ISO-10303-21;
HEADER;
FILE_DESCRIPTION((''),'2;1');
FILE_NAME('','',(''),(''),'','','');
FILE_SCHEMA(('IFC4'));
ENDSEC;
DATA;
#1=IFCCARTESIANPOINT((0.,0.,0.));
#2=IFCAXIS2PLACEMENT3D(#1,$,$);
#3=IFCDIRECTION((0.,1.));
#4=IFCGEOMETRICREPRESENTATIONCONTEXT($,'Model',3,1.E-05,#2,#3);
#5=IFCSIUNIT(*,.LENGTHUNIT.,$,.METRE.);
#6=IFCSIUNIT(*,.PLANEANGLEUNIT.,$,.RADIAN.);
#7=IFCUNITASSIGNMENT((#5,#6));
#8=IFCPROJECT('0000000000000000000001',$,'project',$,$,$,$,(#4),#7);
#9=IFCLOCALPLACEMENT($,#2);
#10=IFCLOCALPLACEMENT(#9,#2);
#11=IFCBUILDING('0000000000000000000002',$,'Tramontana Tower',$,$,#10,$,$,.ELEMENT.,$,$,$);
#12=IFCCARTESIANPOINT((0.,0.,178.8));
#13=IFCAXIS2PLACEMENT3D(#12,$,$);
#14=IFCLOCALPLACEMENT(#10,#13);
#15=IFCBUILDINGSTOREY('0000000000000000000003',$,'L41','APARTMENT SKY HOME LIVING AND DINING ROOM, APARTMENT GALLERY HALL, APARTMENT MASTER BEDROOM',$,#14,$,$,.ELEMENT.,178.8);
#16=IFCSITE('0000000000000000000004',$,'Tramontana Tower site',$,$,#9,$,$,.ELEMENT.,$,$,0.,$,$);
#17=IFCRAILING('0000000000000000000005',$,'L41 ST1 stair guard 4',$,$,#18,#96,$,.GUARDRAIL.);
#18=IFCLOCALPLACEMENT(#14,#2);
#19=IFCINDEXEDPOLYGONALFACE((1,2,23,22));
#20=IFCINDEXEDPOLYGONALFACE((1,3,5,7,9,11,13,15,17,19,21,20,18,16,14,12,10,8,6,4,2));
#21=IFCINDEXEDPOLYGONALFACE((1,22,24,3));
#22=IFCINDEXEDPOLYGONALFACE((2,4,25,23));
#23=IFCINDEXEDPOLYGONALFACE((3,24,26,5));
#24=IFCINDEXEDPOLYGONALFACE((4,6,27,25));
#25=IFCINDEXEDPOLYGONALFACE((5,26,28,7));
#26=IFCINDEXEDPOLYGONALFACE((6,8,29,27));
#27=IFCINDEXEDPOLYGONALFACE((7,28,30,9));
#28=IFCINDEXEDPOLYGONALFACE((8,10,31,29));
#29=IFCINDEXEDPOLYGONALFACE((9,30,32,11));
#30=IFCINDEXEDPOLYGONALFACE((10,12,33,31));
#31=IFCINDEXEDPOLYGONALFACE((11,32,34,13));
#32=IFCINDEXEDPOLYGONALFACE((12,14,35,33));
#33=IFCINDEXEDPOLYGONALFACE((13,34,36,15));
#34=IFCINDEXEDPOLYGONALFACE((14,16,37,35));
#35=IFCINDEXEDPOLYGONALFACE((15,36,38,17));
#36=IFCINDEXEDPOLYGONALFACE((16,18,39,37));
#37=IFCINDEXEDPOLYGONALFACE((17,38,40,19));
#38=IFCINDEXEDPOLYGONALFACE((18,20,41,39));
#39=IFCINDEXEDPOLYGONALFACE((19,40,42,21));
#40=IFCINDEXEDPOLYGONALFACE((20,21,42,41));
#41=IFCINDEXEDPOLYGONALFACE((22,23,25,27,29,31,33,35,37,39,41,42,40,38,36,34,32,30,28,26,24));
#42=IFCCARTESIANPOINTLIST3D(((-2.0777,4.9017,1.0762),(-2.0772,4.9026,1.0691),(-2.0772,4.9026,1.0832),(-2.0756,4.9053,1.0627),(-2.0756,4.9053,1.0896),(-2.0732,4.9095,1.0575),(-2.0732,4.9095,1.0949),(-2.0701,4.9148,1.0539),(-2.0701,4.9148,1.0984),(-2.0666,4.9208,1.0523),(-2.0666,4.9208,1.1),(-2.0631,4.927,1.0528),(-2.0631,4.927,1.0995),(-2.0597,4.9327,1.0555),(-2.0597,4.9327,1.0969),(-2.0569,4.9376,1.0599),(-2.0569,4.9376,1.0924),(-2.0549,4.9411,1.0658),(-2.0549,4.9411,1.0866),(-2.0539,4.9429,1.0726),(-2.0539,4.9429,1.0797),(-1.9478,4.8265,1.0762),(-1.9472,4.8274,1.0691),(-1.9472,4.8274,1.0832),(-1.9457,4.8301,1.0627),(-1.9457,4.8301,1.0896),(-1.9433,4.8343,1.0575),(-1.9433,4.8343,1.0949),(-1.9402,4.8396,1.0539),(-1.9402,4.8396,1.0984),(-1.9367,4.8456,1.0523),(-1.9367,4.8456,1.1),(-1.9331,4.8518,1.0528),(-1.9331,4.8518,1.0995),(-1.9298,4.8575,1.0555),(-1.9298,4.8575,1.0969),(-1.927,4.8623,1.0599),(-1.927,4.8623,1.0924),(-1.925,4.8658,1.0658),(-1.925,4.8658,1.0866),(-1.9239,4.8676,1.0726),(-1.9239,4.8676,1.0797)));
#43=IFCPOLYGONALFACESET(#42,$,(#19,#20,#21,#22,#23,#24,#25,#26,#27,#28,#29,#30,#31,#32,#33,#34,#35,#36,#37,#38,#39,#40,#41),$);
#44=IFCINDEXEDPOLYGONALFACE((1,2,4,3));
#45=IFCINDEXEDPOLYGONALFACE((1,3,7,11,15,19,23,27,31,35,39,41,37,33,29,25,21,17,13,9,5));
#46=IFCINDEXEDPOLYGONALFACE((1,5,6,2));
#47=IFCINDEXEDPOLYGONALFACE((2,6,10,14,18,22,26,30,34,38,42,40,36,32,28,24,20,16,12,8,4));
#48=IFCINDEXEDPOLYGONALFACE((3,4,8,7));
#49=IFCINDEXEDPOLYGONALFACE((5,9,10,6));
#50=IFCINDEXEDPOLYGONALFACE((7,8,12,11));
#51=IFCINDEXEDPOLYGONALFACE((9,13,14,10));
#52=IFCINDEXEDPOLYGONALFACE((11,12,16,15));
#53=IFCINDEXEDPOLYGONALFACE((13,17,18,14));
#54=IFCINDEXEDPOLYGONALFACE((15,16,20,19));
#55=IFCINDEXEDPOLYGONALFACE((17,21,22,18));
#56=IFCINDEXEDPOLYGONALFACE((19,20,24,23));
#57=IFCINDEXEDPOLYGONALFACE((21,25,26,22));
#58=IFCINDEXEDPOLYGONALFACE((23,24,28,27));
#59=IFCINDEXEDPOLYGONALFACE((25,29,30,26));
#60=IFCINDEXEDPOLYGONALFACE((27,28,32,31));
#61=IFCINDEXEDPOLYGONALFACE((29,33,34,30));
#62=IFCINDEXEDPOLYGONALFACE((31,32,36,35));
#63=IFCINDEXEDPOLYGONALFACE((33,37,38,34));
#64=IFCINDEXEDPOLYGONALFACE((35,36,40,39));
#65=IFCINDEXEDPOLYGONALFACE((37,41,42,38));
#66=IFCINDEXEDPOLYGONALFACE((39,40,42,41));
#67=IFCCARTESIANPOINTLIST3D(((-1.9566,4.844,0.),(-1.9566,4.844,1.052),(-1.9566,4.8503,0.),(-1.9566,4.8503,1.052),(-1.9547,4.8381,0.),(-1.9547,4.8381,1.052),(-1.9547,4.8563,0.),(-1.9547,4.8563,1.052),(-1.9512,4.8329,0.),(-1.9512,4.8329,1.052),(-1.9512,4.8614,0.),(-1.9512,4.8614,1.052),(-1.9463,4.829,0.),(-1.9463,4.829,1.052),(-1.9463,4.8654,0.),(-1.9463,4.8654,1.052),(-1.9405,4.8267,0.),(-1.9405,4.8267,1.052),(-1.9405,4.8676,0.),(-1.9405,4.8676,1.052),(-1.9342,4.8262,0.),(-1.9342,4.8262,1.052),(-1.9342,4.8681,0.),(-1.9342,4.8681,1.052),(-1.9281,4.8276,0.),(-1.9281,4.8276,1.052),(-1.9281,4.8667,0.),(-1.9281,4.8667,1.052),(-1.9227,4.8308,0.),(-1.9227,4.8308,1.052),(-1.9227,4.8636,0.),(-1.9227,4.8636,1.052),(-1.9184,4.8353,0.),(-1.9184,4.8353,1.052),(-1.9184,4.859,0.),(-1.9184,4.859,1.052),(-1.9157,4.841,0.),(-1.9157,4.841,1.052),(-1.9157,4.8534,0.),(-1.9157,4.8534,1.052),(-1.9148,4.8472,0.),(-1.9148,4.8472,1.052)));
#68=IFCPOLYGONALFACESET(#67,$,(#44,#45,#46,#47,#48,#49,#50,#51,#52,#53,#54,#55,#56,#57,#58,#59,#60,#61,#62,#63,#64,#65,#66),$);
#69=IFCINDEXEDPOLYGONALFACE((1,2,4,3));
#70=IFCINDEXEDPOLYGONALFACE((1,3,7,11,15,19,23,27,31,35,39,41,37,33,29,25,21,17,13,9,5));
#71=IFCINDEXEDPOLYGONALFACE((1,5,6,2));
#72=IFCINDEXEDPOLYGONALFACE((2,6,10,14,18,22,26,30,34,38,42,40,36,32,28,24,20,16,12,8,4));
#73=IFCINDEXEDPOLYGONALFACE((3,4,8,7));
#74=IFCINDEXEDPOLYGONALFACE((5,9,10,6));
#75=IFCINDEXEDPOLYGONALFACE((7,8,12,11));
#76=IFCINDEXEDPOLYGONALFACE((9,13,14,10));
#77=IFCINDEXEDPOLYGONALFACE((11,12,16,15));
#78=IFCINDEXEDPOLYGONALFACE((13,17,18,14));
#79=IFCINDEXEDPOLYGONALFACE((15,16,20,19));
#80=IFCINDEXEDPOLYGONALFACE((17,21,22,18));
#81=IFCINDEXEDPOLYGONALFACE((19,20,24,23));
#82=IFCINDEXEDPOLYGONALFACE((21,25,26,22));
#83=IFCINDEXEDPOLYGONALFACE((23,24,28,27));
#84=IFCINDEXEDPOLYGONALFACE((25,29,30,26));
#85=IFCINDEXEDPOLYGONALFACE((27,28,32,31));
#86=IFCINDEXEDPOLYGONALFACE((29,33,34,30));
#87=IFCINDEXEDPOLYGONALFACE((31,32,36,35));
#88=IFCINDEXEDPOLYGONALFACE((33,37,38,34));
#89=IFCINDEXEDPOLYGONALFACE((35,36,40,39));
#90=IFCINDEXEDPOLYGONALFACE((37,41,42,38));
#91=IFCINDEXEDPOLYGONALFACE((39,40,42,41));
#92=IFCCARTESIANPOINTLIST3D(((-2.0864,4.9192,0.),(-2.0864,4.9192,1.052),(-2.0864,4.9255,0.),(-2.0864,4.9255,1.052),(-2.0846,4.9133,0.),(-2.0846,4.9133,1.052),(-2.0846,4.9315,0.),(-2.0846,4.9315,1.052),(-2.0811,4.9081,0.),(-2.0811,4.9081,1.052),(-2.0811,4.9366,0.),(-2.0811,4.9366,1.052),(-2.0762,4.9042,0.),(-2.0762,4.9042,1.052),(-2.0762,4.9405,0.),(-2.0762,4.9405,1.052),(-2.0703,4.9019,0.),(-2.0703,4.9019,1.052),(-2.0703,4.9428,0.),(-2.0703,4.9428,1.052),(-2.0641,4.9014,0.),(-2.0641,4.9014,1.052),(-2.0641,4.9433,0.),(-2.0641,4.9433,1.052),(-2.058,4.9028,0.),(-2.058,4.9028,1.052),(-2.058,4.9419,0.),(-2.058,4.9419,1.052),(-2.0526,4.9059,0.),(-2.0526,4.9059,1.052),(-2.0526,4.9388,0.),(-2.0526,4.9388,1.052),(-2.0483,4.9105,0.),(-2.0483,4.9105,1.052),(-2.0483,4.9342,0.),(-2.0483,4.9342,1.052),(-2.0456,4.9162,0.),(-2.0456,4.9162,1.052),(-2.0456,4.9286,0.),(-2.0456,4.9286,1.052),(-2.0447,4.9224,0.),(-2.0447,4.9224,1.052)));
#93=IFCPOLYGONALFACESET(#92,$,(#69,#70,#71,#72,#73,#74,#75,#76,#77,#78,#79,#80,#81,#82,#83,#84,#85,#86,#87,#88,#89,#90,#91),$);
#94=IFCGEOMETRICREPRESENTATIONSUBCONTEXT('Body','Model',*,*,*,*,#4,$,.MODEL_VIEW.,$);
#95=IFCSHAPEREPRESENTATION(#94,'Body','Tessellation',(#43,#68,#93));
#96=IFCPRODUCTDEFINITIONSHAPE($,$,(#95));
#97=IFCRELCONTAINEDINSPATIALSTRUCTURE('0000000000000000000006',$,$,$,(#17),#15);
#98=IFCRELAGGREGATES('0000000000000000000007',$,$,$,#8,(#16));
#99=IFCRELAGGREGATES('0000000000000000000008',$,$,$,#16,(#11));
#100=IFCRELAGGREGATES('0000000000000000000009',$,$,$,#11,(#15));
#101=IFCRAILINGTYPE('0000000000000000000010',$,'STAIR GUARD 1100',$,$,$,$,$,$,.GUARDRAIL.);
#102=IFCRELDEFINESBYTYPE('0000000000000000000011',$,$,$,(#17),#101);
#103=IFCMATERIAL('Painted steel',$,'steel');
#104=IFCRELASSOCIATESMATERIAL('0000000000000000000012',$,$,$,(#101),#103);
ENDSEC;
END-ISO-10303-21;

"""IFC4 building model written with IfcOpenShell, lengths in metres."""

from ifc_helpers import new_model, si_unit, direction, frame, origin, origin_2d, place, context, subcontext, project, spatial, circle, extrude, material, type_object, element, save


model = new_model("IFC4")

# Units and contexts
model_context = context("Model", 3, precision=1e-05, world=origin(), true_north=direction((0.0, 1.0)))
body_context = subcontext(model_context, "Body", "Model", "MODEL_VIEW")
ifc_project = project(units=[si_unit("LENGTHUNIT", "METRE"), si_unit("PLANEANGLEUNIT", "RADIAN")], contexts=[model_context])

# Site, building, storey
site_placement = place(None, origin())
site = spatial("IfcSite", under=ifc_project, at=site_placement, Name="Tramontana Tower site", CompositionType="ELEMENT", RefElevation=0.0)
building_placement = place(site_placement, origin())
building = spatial("IfcBuilding", under=site, at=building_placement, Name="Tramontana Tower", CompositionType="ELEMENT")
storey_placement = place(building_placement, frame((0.0, 0.0, 178.8)))
storey = spatial("IfcBuildingStorey", under=building, at=storey_placement, Name="L41", Description="APARTMENT SKY HOME LIVING AND DINING ROOM, APARTMENT GALLERY HALL, APARTMENT MASTER BEDROOM", CompositionType="ELEMENT", Elevation=178.8)

# Railing
ifc_material_1 = material(Name="Painted steel", Category="steel")
railing_type_1 = type_object("IfcRailingType", Name="STAIR GUARD 1100", PredefinedType="GUARDRAIL", material=ifc_material_1)
railing_1_placement = place(storey_placement, frame((-1.9358, 4.8472, 0.0)))
element("IfcRailing", 1, at=railing_1_placement, inside=storey, type_object=railing_type_1, Name="L41 ST1 stair guard 4", PredefinedType="GUARDRAIL", context=body_context, shape_type="SweptSolid", body=[
    extrude(circle(Radius=0.0239, at=origin_2d()), frame((0.0, 0.0, 1.0762), z_axis=(-0.865426, 0.501036, 0.0), x_axis=(-0.501036, -0.865426, 0.0)), (0.0, 0.0, 1.0), 0.1501),
    extrude(circle(Radius=0.021, at=origin_2d()), origin(), (0.0, 0.0, 1.0), 1.052),
    extrude(circle(Radius=0.021, at=origin_2d()), frame((-0.1299, 0.0752, 0.0)), (0.0, 0.0, 1.0), 1.052),
])

save(model, "model.ifc")
